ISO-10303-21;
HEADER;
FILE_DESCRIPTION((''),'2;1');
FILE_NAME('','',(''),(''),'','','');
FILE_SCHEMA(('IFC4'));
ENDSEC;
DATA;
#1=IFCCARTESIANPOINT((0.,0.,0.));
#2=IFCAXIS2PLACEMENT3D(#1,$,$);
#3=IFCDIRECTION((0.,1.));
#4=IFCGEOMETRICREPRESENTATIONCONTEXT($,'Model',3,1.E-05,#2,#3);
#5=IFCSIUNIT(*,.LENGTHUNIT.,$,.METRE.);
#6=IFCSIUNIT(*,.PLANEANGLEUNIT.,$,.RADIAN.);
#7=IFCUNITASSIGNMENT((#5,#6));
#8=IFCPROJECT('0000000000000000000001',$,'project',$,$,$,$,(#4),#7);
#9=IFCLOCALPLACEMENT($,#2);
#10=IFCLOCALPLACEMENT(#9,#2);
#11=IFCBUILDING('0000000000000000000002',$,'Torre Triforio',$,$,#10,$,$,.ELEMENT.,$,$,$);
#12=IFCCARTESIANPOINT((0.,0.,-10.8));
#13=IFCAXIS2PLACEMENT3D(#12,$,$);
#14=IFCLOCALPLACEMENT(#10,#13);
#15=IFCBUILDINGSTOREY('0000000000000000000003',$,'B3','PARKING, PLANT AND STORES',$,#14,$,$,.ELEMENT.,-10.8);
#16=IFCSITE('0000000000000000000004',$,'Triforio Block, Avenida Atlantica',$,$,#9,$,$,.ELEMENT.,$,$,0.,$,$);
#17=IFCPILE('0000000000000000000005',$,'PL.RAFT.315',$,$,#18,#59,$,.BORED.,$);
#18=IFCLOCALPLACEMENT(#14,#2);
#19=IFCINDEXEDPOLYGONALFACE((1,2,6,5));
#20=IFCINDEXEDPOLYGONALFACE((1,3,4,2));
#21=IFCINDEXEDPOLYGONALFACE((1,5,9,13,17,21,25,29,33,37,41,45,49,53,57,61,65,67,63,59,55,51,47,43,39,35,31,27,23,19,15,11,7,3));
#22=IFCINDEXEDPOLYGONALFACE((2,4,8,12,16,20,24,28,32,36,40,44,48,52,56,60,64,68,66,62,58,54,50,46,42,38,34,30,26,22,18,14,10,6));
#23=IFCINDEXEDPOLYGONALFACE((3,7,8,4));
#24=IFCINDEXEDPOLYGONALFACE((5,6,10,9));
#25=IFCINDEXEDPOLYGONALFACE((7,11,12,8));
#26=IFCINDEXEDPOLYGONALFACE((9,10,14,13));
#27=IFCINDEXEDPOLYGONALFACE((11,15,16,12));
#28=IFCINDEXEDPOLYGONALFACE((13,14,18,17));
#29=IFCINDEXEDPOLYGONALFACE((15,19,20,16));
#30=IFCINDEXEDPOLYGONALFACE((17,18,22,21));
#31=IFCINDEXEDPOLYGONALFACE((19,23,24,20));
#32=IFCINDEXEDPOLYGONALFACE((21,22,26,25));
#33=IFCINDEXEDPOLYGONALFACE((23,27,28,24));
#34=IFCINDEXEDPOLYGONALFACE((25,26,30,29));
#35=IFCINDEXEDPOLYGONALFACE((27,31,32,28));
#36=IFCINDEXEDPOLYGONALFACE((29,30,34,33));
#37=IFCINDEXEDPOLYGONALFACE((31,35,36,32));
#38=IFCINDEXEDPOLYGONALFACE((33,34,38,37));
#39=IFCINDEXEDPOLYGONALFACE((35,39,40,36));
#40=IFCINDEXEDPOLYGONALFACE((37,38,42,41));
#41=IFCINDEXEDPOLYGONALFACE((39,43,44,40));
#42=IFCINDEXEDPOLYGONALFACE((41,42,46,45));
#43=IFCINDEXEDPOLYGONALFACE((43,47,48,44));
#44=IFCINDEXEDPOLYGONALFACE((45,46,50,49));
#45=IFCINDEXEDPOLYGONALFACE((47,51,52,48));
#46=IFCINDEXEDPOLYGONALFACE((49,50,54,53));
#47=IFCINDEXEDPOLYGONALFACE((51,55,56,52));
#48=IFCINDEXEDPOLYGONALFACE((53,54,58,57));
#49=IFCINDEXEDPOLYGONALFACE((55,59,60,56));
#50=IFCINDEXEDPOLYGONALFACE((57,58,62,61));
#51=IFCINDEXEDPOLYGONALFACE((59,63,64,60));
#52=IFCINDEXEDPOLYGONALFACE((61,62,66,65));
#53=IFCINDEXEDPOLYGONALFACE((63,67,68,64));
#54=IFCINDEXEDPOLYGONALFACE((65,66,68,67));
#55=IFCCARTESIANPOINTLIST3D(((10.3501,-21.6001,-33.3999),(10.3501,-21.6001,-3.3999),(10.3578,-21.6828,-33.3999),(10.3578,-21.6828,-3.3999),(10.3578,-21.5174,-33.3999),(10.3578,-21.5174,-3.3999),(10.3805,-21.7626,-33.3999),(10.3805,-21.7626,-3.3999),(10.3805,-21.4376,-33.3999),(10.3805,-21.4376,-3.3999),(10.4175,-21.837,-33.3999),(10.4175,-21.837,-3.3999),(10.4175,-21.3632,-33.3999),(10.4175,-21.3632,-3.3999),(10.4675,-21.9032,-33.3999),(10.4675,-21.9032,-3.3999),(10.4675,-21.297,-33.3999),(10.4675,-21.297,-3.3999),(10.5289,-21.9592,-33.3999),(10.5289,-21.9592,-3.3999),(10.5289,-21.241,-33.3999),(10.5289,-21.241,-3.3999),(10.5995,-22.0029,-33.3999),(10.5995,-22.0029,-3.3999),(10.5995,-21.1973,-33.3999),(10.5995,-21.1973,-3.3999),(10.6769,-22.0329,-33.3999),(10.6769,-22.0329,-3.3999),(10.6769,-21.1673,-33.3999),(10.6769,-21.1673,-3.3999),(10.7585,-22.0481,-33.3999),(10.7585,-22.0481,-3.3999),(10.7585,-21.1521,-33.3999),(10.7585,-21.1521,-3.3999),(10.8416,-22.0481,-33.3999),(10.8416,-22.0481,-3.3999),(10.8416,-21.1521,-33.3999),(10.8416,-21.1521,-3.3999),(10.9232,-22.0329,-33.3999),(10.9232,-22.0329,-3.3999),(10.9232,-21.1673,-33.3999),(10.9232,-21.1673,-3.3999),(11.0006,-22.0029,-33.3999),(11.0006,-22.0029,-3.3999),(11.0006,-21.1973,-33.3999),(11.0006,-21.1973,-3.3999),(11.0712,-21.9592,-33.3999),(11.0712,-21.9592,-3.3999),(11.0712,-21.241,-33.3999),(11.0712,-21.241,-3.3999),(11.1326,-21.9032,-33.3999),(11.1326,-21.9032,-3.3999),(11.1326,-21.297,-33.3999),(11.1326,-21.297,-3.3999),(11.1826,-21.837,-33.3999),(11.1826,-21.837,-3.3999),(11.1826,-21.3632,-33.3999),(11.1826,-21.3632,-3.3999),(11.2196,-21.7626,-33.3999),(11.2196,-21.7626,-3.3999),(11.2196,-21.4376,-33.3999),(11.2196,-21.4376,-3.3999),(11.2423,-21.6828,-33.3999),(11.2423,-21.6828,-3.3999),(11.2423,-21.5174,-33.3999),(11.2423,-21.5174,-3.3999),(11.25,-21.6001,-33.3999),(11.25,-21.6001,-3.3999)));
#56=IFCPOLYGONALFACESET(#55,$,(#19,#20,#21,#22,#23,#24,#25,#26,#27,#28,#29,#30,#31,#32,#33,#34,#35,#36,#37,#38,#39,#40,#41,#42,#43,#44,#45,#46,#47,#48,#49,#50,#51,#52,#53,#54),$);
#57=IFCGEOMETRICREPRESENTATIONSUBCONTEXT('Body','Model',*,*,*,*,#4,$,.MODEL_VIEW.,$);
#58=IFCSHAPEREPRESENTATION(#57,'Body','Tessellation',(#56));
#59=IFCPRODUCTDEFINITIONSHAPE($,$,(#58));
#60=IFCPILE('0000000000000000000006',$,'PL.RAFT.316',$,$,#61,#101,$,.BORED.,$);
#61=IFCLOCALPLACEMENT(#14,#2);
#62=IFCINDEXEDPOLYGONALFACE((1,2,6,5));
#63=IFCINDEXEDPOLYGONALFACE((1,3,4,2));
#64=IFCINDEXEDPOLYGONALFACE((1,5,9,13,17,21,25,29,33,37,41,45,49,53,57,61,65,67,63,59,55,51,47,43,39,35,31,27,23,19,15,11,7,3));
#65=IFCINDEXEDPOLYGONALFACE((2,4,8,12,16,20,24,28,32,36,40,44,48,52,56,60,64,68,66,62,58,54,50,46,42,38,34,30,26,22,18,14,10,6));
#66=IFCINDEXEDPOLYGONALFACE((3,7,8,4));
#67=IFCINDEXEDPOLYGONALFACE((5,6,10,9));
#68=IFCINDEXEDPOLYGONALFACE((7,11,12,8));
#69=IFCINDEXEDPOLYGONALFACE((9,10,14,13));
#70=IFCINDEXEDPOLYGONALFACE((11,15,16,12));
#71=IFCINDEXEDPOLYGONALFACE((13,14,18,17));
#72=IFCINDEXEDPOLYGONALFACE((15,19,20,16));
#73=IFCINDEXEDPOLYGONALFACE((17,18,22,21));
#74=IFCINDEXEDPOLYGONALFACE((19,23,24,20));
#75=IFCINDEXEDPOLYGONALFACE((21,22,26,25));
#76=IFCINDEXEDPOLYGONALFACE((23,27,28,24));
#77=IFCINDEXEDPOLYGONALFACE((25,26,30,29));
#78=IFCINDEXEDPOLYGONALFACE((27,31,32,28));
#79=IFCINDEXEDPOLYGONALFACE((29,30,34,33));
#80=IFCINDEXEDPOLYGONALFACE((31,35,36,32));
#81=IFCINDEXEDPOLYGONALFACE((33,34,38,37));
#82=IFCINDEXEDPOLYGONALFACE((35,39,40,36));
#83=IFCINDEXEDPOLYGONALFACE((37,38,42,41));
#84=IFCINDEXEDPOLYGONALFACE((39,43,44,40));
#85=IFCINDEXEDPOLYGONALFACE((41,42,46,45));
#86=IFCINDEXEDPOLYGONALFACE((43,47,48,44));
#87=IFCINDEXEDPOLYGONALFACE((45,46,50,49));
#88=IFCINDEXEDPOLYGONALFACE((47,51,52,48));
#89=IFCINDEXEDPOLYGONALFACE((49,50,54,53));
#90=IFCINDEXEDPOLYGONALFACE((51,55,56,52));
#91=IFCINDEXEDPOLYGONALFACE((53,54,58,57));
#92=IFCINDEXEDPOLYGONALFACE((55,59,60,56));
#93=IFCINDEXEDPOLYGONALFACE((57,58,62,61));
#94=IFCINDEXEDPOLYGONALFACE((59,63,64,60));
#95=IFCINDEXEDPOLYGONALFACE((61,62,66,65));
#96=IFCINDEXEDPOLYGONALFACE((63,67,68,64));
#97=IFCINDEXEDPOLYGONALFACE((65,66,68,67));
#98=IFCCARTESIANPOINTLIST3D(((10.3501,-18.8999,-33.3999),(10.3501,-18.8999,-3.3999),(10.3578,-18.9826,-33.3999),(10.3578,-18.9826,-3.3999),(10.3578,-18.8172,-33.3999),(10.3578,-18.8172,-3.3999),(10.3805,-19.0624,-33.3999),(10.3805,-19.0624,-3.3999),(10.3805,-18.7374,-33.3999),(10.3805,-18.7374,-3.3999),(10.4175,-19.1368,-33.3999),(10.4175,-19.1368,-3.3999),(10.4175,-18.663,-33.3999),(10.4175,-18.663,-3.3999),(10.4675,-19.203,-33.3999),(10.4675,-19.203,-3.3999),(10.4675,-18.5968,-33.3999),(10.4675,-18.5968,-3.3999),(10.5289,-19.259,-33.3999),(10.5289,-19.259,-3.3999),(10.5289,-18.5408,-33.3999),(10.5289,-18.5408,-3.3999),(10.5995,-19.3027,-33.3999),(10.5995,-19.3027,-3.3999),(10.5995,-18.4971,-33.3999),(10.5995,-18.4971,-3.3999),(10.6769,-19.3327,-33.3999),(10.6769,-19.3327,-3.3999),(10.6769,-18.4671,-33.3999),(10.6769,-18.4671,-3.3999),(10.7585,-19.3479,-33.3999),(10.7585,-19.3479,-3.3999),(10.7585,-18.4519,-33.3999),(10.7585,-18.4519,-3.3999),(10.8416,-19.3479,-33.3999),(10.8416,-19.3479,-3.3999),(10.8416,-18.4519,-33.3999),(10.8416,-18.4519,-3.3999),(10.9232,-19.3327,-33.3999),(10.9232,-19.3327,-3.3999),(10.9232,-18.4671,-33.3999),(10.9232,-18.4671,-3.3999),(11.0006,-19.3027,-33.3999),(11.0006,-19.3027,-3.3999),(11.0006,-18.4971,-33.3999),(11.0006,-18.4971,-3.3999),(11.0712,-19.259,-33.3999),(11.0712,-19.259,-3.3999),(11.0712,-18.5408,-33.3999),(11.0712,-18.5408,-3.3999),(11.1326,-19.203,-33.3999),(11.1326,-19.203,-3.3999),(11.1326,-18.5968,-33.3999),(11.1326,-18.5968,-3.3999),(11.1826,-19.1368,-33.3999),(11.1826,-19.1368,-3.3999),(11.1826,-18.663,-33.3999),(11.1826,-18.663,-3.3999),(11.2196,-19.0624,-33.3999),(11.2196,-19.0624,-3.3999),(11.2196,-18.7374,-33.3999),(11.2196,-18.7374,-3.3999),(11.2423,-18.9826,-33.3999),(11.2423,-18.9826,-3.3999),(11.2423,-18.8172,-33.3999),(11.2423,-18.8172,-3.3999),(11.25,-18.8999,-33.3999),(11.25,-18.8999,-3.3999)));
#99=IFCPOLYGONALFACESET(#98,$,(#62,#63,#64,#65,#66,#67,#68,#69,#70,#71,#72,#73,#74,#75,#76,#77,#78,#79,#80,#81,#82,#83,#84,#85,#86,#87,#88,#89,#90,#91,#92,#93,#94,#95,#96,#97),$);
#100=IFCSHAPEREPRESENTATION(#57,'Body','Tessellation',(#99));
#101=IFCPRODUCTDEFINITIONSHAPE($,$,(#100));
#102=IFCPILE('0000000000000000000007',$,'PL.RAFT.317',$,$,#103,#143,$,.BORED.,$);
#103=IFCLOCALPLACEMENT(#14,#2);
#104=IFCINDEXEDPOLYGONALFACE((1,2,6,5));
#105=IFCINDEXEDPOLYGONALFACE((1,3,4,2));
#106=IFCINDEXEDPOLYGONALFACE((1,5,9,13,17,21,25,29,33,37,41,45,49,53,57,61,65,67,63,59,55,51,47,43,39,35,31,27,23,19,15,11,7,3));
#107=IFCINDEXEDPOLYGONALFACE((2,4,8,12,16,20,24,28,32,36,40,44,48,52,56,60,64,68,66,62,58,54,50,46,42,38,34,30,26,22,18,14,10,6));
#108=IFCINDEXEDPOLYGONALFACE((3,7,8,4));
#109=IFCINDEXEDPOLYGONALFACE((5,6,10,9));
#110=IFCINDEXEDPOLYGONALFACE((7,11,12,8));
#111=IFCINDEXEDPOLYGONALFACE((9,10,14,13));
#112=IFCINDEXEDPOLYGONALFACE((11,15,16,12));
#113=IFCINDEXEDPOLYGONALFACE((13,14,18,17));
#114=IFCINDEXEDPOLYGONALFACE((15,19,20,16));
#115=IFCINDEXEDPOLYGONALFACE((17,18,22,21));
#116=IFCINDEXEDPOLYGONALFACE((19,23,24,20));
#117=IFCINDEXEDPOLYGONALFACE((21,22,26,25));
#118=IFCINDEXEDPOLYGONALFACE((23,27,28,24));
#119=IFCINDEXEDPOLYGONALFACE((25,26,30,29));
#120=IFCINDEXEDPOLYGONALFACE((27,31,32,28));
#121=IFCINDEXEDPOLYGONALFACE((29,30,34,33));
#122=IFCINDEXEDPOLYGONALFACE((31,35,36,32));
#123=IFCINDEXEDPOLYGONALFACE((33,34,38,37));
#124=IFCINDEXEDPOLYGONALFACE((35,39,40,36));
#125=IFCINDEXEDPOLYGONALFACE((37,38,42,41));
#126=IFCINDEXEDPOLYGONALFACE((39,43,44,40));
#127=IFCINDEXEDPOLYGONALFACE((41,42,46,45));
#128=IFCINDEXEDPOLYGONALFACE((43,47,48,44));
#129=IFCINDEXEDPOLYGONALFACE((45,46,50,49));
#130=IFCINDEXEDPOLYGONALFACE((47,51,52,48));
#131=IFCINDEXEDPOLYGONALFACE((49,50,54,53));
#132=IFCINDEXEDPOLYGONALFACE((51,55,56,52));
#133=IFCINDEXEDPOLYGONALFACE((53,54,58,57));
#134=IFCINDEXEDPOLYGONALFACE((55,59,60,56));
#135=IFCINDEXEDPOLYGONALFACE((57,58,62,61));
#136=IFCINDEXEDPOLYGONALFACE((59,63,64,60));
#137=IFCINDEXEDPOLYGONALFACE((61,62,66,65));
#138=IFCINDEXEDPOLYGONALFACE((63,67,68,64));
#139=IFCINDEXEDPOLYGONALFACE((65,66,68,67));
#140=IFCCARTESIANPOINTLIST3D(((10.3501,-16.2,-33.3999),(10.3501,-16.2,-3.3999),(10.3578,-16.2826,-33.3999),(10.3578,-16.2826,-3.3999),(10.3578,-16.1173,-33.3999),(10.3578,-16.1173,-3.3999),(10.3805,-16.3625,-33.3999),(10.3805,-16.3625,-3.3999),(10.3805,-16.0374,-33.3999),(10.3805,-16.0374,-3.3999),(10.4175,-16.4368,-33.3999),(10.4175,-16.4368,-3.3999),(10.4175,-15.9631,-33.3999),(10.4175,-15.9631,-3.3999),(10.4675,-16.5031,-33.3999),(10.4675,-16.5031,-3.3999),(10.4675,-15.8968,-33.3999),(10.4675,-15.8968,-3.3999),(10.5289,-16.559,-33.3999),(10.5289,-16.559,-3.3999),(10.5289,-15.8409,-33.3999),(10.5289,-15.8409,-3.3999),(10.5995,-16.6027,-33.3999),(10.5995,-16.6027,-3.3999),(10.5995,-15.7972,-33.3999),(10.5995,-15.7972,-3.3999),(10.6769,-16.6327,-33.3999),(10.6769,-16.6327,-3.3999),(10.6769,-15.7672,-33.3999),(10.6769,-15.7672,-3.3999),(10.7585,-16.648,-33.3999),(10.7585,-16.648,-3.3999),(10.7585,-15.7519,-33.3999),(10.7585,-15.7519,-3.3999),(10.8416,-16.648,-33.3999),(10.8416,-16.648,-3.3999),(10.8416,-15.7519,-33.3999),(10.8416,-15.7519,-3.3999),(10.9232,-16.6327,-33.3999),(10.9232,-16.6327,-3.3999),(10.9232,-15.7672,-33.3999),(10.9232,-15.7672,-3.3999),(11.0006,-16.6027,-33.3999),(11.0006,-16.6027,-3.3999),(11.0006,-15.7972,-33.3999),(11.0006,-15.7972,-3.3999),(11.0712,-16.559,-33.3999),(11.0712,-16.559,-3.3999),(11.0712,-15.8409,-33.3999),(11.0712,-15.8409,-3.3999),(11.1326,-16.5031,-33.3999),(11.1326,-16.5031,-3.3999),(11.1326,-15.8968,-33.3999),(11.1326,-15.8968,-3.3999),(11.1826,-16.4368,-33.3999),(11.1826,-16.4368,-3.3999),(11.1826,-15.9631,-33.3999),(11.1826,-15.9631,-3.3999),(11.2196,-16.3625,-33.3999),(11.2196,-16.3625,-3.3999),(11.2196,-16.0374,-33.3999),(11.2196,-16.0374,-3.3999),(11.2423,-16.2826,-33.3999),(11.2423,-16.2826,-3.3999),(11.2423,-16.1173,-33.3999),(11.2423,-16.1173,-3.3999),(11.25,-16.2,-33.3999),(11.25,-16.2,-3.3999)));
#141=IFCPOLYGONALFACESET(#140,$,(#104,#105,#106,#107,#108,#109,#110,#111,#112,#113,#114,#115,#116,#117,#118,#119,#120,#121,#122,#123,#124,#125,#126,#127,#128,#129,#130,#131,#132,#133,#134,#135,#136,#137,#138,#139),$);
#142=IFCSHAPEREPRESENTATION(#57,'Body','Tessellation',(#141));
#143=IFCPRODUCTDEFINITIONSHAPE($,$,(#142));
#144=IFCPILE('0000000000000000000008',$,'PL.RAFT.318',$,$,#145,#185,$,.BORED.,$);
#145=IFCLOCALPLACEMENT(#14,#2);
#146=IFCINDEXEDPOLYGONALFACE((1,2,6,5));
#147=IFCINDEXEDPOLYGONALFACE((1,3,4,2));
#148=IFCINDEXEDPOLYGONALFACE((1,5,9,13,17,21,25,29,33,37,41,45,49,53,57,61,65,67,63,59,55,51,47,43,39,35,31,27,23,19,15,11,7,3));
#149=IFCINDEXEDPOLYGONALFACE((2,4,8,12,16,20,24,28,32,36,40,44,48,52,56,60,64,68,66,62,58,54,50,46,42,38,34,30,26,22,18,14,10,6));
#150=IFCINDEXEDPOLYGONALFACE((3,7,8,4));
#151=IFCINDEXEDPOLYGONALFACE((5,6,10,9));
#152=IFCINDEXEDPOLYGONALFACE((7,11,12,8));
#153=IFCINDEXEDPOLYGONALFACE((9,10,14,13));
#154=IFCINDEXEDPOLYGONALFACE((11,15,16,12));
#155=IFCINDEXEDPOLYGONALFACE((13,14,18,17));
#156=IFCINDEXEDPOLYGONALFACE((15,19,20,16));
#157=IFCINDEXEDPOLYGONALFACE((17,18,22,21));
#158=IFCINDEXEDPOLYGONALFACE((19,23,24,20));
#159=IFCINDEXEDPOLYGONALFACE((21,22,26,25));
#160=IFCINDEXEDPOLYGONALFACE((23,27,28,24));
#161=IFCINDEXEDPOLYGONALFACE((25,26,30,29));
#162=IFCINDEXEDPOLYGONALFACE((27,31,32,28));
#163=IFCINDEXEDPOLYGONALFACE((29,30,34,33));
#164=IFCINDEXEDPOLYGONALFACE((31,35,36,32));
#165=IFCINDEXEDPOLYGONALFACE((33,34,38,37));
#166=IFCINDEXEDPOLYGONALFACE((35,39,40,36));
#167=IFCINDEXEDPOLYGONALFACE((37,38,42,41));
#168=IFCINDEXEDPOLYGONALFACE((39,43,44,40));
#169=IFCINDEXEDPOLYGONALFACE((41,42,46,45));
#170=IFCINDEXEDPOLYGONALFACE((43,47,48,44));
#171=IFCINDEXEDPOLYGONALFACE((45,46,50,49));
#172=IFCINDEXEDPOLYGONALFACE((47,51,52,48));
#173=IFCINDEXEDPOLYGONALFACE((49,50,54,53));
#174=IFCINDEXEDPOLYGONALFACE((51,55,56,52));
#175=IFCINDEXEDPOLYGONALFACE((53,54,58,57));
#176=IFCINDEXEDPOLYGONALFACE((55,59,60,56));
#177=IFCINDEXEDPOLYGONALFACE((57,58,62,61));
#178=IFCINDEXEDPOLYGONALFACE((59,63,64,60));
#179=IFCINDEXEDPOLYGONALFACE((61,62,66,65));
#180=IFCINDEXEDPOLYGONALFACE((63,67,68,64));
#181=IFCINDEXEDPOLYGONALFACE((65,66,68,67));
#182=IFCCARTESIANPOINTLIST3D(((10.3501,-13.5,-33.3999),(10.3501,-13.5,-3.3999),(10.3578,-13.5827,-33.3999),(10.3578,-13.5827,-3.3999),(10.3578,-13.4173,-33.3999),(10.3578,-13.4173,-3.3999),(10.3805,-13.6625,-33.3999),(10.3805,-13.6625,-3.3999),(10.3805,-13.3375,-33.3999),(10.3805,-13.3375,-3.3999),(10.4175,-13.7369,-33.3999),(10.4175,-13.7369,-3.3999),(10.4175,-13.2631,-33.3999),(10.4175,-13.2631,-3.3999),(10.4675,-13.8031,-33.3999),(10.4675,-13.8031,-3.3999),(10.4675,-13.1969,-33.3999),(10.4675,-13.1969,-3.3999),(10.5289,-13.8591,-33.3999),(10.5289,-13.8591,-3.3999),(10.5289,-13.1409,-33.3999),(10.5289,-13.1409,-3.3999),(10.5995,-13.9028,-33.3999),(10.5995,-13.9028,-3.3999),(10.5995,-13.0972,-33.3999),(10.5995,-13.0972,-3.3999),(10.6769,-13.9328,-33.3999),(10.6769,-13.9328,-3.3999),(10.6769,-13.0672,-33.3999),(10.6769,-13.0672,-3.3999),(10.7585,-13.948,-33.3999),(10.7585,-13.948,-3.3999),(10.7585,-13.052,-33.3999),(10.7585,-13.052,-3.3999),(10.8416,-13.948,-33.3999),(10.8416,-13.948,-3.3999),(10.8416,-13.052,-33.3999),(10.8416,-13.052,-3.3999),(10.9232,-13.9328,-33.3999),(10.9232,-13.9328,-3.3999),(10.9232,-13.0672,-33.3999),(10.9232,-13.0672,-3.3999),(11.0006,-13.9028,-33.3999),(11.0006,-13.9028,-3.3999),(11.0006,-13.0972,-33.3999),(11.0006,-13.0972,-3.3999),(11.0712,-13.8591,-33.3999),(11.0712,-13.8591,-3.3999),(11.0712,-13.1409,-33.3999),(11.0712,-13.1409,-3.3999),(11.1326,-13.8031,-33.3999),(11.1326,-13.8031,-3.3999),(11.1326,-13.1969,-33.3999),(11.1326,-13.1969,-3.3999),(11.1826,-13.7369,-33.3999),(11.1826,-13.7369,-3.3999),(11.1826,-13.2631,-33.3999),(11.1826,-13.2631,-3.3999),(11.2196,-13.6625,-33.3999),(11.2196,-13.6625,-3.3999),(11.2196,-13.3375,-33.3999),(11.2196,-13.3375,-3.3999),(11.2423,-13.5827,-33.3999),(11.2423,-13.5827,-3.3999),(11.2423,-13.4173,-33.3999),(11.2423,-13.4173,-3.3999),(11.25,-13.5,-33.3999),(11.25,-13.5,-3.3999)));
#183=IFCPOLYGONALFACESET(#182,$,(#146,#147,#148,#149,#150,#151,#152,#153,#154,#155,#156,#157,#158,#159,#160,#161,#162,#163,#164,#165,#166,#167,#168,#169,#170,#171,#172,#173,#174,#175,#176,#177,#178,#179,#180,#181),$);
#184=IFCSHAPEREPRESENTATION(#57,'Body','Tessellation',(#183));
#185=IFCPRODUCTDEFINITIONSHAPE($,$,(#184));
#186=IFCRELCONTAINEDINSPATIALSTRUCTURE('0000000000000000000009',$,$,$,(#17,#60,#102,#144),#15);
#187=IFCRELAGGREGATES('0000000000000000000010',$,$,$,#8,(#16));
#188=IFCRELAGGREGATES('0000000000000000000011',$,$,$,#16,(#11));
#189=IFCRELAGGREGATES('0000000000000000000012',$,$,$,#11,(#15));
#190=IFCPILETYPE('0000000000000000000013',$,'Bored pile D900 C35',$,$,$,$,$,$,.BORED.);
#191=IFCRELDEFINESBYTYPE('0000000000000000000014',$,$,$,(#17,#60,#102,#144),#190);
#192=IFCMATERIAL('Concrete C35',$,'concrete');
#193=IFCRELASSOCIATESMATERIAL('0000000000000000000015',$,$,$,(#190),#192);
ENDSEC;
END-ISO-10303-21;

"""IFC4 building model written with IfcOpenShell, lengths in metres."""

from ifc_helpers import new_model, si_unit, direction, frame, origin, origin_2d, place, context, subcontext, project, spatial, circle, extrude, material, material_profile, profile_set, type_object, element, save


model = new_model("IFC4")

# Units and contexts
model_context = context("Model", 3, precision=1e-05, world=origin(), true_north=direction((0.0, 1.0)))
body_context = subcontext(model_context, "Body", "Model", "MODEL_VIEW")
ifc_project = project(units=[si_unit("LENGTHUNIT", "METRE"), si_unit("PLANEANGLEUNIT", "RADIAN")], contexts=[model_context])

# Site, building, storey
site_placement = place(None, origin())
site = spatial("IfcSite", under=ifc_project, at=site_placement, Name="Triforio Block, Avenida Atlantica", CompositionType="ELEMENT", RefElevation=0.0)
building_placement = place(site_placement, origin())
building = spatial("IfcBuilding", under=site, at=building_placement, Name="Torre Triforio", CompositionType="ELEMENT")
storey_placement = place(building_placement, frame((0.0, 0.0, -10.8)))
storey = spatial("IfcBuildingStorey", under=building, at=storey_placement, Name="B3", Description="PARKING, PLANT AND STORES", CompositionType="ELEMENT", Elevation=-10.8)

# Piles
ifc_material_1 = material(Name="Concrete C35", Category="concrete")
ifc_material_profile_1 = material_profile(ifc_material_1, circle(Radius=0.45, at=origin_2d()), Name="RC D900")
ifc_profile_set_1 = profile_set([ifc_material_profile_1], Name="Concrete C35")
pile_type = type_object("IfcPileType", Name="Bored pile D900 C35", PredefinedType="BORED", material=ifc_profile_set_1)
for number, where, z_axis, x_axis, name in (
    (1, (10.8, -21.6001, -3.3999), (0.0, 0.0, -1.0), (1.0, 0.0, 0.0), "PL.RAFT.315"),
    (2, (10.8, -18.8999, -3.3999), (0.0, 0.0, -1.0), (1.0, 0.0, 0.0), "PL.RAFT.316"),
    (3, (10.8, -16.2, -3.3999), (0.0, 0.0, -1.0), (1.0, 0.0, 0.0), "PL.RAFT.317"),
    (4, (10.8, -13.5, -3.3999), (0.0, 0.0, -1.0), (1.0, 0.0, 0.0), "PL.RAFT.318"),
):
    element("IfcPile", number, at=place(storey_placement, frame(where, z_axis=z_axis, x_axis=x_axis)), inside=storey, type_object=pile_type, Name=name, PredefinedType="BORED", context=body_context, shape_type="SweptSolid", body=[
        extrude(circle(Radius=0.45, at=origin_2d()), origin(), (0.0, 0.0, 1.0), 30.0),
    ])

save(model, "model.ifc")
